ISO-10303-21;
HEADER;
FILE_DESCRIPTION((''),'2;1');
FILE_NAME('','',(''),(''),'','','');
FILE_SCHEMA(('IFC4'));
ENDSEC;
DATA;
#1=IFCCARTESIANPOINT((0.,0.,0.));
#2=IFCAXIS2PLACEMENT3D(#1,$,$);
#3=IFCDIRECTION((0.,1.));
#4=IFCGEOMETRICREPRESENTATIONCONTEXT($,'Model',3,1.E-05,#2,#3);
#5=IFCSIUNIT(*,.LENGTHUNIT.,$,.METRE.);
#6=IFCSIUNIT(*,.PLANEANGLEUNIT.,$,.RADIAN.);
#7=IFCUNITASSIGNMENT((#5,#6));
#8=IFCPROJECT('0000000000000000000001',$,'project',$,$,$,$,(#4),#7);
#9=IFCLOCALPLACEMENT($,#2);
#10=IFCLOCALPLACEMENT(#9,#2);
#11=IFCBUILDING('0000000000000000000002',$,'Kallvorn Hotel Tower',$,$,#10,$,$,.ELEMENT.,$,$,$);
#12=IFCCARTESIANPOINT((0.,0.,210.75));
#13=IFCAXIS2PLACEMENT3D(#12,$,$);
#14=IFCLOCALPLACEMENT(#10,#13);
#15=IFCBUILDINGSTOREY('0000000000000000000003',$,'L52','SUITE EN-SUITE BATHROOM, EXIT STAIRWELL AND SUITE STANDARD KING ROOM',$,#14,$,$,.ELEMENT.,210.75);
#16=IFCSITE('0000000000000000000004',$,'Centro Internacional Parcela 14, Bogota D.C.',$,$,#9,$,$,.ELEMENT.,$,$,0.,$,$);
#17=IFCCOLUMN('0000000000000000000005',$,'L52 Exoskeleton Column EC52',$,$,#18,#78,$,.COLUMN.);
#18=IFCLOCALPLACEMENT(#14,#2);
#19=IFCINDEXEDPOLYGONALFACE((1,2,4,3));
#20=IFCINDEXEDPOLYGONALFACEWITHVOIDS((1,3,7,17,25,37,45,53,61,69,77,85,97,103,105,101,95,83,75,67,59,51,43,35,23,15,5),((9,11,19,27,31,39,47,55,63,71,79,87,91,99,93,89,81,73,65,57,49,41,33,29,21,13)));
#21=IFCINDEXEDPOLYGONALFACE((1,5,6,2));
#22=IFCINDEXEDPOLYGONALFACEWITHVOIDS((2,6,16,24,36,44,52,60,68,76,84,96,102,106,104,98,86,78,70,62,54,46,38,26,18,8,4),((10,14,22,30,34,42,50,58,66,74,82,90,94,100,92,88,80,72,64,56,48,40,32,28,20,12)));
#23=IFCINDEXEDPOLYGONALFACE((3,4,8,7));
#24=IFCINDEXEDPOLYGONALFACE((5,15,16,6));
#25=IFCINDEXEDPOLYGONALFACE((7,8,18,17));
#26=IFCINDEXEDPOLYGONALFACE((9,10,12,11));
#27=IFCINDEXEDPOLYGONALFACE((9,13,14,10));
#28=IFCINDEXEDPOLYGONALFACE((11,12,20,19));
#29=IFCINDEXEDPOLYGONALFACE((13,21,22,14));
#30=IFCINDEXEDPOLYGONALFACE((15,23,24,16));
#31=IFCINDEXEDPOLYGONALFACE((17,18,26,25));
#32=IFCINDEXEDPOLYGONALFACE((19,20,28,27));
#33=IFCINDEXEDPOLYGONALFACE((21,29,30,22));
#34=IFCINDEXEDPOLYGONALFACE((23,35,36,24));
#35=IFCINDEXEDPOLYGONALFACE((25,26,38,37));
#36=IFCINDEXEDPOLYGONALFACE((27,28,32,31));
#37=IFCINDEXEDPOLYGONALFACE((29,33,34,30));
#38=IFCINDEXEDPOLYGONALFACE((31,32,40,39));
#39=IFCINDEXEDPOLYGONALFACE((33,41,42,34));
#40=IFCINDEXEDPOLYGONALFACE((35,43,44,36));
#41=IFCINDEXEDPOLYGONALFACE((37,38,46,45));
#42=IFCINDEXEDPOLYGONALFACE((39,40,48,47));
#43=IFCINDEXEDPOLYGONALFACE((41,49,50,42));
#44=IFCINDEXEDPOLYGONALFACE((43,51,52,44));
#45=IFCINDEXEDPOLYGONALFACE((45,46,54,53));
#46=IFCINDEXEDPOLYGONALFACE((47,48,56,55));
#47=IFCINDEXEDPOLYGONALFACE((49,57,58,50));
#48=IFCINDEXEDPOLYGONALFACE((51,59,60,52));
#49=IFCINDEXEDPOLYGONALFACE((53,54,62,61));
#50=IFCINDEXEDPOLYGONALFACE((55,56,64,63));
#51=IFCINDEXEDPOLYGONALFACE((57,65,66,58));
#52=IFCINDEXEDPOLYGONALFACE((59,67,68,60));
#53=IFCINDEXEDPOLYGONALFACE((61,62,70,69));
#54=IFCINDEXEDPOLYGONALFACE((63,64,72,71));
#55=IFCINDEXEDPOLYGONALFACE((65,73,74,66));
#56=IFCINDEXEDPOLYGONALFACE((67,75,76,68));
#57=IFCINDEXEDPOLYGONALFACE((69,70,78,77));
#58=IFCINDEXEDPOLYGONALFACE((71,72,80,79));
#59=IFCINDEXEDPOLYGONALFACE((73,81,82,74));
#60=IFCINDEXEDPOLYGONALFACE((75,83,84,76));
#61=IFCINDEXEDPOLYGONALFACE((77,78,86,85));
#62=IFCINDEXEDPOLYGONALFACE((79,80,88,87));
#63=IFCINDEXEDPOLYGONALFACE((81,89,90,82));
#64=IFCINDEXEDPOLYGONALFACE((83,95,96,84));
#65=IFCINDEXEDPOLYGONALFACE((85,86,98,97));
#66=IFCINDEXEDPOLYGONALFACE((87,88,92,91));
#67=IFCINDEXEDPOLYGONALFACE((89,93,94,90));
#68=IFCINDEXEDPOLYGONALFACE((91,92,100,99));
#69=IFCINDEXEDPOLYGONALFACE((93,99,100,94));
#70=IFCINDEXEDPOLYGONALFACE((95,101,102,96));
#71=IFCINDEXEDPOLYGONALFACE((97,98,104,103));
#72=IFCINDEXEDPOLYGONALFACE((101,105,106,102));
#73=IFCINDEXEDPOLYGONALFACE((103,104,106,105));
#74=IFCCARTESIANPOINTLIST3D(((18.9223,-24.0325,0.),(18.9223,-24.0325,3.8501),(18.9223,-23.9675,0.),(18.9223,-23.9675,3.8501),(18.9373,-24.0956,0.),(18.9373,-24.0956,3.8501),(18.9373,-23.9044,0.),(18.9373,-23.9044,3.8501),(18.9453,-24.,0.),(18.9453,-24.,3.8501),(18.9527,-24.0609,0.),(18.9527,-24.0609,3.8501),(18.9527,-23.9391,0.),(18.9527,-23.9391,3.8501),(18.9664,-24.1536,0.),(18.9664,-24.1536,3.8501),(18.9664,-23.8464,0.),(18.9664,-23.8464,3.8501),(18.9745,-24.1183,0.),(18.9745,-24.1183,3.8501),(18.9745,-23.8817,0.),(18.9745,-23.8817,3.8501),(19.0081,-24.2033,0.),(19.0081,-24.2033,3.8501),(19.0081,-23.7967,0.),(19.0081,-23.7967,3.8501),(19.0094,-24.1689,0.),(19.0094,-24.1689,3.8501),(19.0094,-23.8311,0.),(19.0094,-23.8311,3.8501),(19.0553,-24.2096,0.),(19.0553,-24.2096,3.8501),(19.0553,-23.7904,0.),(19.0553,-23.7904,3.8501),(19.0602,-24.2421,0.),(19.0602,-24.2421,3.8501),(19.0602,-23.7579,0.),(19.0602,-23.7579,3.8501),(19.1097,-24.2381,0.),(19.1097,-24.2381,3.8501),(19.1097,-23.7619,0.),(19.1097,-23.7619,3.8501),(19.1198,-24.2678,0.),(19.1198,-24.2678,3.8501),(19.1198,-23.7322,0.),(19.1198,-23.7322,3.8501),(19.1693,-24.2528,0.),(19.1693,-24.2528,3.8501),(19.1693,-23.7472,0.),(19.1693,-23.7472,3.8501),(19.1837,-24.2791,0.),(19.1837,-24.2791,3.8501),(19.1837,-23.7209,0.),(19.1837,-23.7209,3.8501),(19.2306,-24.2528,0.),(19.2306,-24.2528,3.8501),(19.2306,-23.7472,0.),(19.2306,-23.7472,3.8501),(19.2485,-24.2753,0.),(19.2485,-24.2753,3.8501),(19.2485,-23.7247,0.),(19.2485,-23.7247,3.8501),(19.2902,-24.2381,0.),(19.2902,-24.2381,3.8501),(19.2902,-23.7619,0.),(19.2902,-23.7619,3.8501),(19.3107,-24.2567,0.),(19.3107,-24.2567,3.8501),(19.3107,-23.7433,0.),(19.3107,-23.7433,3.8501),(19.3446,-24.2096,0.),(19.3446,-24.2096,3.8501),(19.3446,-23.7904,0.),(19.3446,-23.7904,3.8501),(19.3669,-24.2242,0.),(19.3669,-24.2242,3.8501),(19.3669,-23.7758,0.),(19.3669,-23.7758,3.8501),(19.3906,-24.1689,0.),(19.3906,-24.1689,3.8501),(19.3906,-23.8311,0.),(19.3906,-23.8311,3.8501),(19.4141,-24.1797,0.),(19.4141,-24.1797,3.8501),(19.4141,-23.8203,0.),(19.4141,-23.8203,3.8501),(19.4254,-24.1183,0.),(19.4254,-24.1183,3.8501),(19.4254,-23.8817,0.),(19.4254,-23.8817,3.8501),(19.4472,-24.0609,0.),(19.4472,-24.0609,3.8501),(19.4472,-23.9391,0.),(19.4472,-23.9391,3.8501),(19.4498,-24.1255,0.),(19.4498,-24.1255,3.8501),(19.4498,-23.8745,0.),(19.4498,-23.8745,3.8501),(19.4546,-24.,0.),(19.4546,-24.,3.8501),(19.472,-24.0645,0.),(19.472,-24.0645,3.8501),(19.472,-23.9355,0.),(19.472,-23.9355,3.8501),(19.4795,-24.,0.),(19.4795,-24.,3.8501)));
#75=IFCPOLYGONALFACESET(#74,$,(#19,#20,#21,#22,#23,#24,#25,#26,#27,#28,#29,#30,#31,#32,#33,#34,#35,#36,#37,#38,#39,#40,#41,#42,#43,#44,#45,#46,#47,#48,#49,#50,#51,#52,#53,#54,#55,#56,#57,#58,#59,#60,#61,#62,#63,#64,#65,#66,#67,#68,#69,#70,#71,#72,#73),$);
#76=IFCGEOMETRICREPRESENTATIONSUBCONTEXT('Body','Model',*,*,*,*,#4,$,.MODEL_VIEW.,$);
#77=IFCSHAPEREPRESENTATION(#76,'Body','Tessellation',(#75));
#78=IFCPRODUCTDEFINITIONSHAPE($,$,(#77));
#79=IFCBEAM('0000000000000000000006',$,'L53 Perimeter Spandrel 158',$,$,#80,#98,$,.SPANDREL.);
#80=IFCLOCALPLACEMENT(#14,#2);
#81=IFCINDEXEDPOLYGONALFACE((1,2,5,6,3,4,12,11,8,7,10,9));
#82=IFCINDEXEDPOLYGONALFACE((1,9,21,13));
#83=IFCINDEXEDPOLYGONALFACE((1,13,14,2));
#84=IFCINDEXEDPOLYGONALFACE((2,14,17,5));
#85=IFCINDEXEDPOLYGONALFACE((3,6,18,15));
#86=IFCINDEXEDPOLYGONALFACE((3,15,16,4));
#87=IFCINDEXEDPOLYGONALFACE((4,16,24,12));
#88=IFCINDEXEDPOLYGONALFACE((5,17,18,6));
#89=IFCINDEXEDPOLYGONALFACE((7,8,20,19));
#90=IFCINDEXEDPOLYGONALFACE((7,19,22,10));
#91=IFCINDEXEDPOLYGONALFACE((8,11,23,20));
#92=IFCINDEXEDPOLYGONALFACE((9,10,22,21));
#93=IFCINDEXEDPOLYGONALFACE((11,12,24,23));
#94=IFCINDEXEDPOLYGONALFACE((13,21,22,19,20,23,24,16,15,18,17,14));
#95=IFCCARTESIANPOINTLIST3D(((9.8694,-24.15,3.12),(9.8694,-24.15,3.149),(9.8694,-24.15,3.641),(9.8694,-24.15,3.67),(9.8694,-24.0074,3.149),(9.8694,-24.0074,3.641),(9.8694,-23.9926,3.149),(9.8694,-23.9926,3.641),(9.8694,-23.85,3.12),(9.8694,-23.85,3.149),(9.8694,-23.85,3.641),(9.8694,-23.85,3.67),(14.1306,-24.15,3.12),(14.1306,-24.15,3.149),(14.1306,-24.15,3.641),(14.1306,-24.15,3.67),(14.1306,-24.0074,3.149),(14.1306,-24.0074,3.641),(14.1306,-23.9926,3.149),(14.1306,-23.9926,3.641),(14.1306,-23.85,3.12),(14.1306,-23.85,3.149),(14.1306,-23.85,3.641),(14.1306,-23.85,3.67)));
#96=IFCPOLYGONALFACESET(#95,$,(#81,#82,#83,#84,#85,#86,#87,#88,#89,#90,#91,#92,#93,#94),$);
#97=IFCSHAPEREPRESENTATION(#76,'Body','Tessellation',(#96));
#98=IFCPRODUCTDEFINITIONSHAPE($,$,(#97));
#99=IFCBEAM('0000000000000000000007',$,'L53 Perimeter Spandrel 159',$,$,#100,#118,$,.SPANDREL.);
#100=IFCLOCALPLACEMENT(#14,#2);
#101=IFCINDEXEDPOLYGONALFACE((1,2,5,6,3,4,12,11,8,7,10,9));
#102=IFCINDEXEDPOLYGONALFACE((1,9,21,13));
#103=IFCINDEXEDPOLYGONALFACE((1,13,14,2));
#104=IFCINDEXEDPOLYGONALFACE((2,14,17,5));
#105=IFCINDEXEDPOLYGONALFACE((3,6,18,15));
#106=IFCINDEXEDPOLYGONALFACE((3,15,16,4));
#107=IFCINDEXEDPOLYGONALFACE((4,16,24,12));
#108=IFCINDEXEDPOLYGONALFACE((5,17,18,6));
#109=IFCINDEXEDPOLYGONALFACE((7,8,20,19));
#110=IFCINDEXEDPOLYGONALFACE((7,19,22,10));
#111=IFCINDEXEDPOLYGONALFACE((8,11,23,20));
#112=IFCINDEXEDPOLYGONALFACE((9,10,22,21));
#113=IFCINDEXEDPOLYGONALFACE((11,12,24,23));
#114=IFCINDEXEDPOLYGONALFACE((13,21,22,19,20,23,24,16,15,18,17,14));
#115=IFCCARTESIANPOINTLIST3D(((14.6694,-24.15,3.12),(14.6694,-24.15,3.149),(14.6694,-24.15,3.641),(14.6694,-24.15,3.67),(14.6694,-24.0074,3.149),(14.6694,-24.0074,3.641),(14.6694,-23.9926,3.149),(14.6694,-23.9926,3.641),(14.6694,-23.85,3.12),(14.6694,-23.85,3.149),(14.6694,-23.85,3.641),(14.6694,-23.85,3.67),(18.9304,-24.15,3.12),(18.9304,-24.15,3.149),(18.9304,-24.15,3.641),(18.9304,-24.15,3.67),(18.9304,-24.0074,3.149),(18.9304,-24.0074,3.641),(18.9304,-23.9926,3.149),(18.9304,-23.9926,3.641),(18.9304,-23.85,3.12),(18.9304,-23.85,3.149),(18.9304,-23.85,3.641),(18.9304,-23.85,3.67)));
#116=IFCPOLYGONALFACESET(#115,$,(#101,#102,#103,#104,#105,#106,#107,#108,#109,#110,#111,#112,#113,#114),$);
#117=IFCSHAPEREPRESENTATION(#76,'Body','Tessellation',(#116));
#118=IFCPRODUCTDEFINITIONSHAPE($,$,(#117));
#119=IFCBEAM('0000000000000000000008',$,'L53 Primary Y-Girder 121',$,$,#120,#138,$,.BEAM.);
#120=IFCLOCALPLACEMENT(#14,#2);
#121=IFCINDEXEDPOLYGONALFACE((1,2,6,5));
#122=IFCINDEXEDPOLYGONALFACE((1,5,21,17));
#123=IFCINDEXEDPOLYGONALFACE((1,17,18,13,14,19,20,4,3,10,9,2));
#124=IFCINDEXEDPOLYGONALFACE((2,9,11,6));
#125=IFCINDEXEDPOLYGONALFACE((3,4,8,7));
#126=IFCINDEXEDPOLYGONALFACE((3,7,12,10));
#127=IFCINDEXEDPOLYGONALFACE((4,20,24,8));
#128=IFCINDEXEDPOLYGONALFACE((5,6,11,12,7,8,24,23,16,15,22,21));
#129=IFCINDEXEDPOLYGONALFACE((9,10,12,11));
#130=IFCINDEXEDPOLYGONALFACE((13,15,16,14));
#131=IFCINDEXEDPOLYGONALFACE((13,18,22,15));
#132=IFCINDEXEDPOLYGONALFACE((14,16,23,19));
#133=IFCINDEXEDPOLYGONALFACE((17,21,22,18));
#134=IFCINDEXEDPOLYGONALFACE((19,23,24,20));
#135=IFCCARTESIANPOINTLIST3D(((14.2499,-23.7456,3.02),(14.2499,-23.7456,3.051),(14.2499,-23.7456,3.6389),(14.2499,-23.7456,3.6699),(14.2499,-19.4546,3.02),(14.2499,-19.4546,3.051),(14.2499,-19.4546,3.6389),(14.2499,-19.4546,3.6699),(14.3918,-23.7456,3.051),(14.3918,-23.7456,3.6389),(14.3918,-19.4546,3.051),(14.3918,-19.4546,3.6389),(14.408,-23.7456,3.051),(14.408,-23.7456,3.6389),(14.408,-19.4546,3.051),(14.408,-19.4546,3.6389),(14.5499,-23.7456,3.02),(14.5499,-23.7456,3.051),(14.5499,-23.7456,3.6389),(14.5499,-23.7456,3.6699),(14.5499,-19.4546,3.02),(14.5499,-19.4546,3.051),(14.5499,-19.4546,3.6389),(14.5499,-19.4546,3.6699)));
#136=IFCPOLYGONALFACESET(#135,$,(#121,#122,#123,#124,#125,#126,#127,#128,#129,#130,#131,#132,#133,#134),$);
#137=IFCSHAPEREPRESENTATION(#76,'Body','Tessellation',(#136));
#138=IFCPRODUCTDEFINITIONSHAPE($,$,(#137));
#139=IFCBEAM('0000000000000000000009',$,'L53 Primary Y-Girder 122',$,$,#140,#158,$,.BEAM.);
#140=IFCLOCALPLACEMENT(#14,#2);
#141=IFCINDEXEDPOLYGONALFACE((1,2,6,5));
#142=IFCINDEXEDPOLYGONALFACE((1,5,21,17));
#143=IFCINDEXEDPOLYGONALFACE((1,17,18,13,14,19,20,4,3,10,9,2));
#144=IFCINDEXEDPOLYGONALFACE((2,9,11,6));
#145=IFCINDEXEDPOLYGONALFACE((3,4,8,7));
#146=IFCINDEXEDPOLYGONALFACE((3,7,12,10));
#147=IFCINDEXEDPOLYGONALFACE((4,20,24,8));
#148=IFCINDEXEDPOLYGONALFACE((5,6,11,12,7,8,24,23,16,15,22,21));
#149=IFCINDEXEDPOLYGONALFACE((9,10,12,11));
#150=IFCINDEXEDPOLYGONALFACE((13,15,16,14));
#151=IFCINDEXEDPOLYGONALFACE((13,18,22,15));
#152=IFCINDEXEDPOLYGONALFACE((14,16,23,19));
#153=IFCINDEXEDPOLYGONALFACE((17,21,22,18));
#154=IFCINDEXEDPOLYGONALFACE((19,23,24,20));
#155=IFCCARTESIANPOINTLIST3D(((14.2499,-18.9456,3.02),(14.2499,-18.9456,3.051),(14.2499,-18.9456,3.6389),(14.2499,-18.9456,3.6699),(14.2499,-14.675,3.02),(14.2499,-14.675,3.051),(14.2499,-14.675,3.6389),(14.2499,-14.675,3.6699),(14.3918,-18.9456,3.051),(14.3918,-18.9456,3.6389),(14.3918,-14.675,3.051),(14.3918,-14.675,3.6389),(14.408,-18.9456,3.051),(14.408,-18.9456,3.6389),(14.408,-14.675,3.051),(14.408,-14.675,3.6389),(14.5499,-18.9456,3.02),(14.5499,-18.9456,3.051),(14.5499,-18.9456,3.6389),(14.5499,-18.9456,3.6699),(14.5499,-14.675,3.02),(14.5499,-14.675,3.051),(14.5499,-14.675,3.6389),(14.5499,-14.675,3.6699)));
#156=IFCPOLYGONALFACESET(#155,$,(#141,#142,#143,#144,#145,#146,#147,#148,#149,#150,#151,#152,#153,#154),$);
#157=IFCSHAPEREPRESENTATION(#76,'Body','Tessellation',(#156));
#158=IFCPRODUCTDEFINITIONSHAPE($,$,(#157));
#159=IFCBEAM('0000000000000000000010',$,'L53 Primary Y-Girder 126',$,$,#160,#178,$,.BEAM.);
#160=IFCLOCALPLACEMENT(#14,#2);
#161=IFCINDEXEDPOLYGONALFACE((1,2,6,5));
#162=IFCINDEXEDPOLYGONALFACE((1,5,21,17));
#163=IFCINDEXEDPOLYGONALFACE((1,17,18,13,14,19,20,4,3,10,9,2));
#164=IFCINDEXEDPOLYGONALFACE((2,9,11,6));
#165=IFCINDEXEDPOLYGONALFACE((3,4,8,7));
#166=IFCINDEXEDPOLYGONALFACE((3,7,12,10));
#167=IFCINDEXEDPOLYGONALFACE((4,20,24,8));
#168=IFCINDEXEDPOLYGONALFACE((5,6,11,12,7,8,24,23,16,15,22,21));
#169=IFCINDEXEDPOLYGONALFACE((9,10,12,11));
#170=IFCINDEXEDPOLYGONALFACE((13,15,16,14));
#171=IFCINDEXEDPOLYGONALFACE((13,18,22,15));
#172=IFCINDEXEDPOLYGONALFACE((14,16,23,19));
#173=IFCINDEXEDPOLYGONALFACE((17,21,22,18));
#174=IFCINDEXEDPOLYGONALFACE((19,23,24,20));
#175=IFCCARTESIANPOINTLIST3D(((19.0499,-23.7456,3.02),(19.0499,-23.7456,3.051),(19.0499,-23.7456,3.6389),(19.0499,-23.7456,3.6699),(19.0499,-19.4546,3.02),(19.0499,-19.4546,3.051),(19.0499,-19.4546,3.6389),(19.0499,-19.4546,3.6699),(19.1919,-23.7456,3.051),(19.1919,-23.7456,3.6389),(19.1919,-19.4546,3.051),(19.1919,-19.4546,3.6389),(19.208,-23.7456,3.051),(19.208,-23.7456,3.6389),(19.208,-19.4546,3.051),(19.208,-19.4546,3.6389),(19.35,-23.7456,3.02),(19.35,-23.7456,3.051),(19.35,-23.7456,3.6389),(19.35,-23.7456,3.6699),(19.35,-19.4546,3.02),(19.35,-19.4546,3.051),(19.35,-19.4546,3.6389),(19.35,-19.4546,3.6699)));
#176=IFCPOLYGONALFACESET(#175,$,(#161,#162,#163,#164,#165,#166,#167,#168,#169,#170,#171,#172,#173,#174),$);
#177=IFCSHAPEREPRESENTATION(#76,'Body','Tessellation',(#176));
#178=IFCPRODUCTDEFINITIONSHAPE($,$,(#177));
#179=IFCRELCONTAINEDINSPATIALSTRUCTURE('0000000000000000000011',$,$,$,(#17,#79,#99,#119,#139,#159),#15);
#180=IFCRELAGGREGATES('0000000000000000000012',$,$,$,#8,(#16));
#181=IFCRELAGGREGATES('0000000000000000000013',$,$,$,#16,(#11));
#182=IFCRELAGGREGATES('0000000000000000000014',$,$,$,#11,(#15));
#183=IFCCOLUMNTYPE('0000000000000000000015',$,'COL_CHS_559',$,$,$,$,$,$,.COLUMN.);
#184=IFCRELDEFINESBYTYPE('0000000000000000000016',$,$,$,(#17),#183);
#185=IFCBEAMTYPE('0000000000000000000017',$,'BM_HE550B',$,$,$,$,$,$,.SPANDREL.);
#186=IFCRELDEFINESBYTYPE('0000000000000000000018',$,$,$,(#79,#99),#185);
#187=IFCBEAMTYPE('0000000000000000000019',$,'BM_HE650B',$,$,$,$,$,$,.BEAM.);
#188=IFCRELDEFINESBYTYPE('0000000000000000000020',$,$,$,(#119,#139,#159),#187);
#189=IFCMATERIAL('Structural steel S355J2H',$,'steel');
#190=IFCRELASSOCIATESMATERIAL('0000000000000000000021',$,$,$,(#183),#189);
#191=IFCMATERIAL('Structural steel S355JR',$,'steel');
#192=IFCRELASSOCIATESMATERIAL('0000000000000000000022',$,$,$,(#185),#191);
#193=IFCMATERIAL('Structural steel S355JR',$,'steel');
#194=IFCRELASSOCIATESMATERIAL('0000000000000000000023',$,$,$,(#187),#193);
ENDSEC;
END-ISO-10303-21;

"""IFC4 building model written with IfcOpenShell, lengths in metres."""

from ifc_helpers import new_model, si_unit, direction, frame, origin, origin_2d, place, context, subcontext, project, spatial, hollow_circle, i_section, extrude, material, material_profile, profile_set, type_object, element, save


model = new_model("IFC4")

# Units and contexts
model_context = context("Model", 3, precision=1e-05, world=origin(), true_north=direction((0.0, 1.0)))
body_context = subcontext(model_context, "Body", "Model", "MODEL_VIEW")
ifc_project = project(units=[si_unit("LENGTHUNIT", "METRE"), si_unit("PLANEANGLEUNIT", "RADIAN")], contexts=[model_context])

# Site, building, storey
site_placement = place(None, origin())
site = spatial("IfcSite", under=ifc_project, at=site_placement, Name="Centro Internacional Parcela 14, Bogota D.C.", CompositionType="ELEMENT", RefElevation=0.0)
building_placement = place(site_placement, origin())
building = spatial("IfcBuilding", under=site, at=building_placement, Name="Kallvorn Hotel Tower", CompositionType="ELEMENT")
storey_placement = place(building_placement, frame((0.0, 0.0, 210.75)))
storey = spatial("IfcBuildingStorey", under=building, at=storey_placement, Name="L52", Description="SUITE EN-SUITE BATHROOM, EXIT STAIRWELL AND SUITE STANDARD KING ROOM", CompositionType="ELEMENT", Elevation=210.75)

# Column
ifc_material_1 = material(Name="Structural steel S355J2H", Category="steel")
ifc_material_profile_1 = material_profile(ifc_material_1, hollow_circle(Radius=0.2795, WallThickness=0.0249, at=origin_2d()), Name="CHS 559x25")
ifc_profile_set_1 = profile_set([ifc_material_profile_1], Name="Structural steel S355J2H")
column_type = type_object("IfcColumnType", Name="COL_CHS_559", PredefinedType="COLUMN", material=ifc_profile_set_1)
for number, where, z_axis, x_axis, name in (
    (1, (19.2, -24.0, 0.0), (0.0, 0.0, 1.0), (1.0, 0.0, 0.0), "L52 Exoskeleton Column EC52"),
):
    element("IfcColumn", number, at=place(storey_placement, frame(where, z_axis=z_axis, x_axis=x_axis)), inside=storey, type_object=column_type, Name=name, PredefinedType="COLUMN", context=body_context, shape_type="SweptSolid", body=[
        extrude(hollow_circle(Radius=0.2795, WallThickness=0.0249, at=origin_2d()), origin(), (0.0, 0.0, 1.0), 3.8501),
    ])

# Beams
ifc_material_2 = material(Name="Structural steel S355JR", Category="steel")
ifc_material_profile_2 = material_profile(ifc_material_2, i_section(OverallWidth=0.3, OverallDepth=0.55, WebThickness=0.0149, FlangeThickness=0.0291, at=origin_2d()), Name="HE 550 B")
ifc_profile_set_2 = profile_set([ifc_material_profile_2], Name="Structural steel S355JR")
beam_type_1 = type_object("IfcBeamType", Name="BM_HE550B", PredefinedType="SPANDREL", material=ifc_profile_set_2)
beam_1_placement = place(storey_placement, frame((9.8694, -24.0, 3.395), z_axis=(1.0, 0.0, 0.0), x_axis=(0.0, 1.0, 0.0)))
element("IfcBeam", 2, at=beam_1_placement, inside=storey, type_object=beam_type_1, Name="L53 Perimeter Spandrel 158", PredefinedType="SPANDREL", context=body_context, shape_type="SweptSolid", body=[
    extrude(i_section(OverallWidth=0.3, OverallDepth=0.55, WebThickness=0.0149, FlangeThickness=0.0291, at=origin_2d()), origin(), (0.0, 0.0, 1.0), 4.2612),
])
beam_2_placement = place(storey_placement, frame((14.6694, -24.0, 3.395), z_axis=(1.0, 0.0, 0.0), x_axis=(0.0, 1.0, 0.0)))
element("IfcBeam", 3, at=beam_2_placement, inside=storey, type_object=beam_type_1, Name="L53 Perimeter Spandrel 159", PredefinedType="SPANDREL", context=body_context, shape_type="SweptSolid", body=[
    extrude(i_section(OverallWidth=0.3, OverallDepth=0.55, WebThickness=0.0149, FlangeThickness=0.0291, at=origin_2d()), origin(), (0.0, 0.0, 1.0), 4.261),
])
ifc_material_3 = material(Name="Structural steel S355JR", Category="steel")
ifc_material_profile_3 = material_profile(ifc_material_3, i_section(OverallWidth=0.3, OverallDepth=0.6499, WebThickness=0.0161, FlangeThickness=0.031, at=origin_2d()), Name="HE 650 B")
ifc_profile_set_3 = profile_set([ifc_material_profile_3], Name="Structural steel S355JR")
beam_type_2 = type_object("IfcBeamType", Name="BM_HE650B", PredefinedType="BEAM", material=ifc_profile_set_3)
beam_3_placement = place(storey_placement, frame((14.3999, -23.7456, 3.345), z_axis=(0.0, 1.0, 0.0), x_axis=(-1.0, 0.0, 0.0)))
element("IfcBeam", 4, at=beam_3_placement, inside=storey, type_object=beam_type_2, Name="L53 Primary Y-Girder 121", PredefinedType="BEAM", context=body_context, shape_type="SweptSolid", body=[
    extrude(i_section(OverallWidth=0.3, OverallDepth=0.6499, WebThickness=0.0161, FlangeThickness=0.031, at=origin_2d()), origin(), (0.0, 0.0, 1.0), 4.291),
])
beam_4_placement = place(storey_placement, frame((14.3999, -18.9456, 3.345), z_axis=(0.0, 1.0, 0.0), x_axis=(-1.0, 0.0, 0.0)))
element("IfcBeam", 5, at=beam_4_placement, inside=storey, type_object=beam_type_2, Name="L53 Primary Y-Girder 122", PredefinedType="BEAM", context=body_context, shape_type="SweptSolid", body=[
    extrude(i_section(OverallWidth=0.3, OverallDepth=0.6499, WebThickness=0.0161, FlangeThickness=0.031, at=origin_2d()), origin(), (0.0, 0.0, 1.0), 4.2705),
])
beam_5_placement = place(storey_placement, frame((19.2, -23.7456, 3.345), z_axis=(0.0, 1.0, 0.0), x_axis=(-1.0, 0.0, 0.0)))
element("IfcBeam", 6, at=beam_5_placement, inside=storey, type_object=beam_type_2, Name="L53 Primary Y-Girder 126", PredefinedType="BEAM", context=body_context, shape_type="SweptSolid", body=[
    extrude(i_section(OverallWidth=0.3, OverallDepth=0.6499, WebThickness=0.0161, FlangeThickness=0.031, at=origin_2d()), origin(), (0.0, 0.0, 1.0), 4.291),
])

save(model, "model.ifc")
